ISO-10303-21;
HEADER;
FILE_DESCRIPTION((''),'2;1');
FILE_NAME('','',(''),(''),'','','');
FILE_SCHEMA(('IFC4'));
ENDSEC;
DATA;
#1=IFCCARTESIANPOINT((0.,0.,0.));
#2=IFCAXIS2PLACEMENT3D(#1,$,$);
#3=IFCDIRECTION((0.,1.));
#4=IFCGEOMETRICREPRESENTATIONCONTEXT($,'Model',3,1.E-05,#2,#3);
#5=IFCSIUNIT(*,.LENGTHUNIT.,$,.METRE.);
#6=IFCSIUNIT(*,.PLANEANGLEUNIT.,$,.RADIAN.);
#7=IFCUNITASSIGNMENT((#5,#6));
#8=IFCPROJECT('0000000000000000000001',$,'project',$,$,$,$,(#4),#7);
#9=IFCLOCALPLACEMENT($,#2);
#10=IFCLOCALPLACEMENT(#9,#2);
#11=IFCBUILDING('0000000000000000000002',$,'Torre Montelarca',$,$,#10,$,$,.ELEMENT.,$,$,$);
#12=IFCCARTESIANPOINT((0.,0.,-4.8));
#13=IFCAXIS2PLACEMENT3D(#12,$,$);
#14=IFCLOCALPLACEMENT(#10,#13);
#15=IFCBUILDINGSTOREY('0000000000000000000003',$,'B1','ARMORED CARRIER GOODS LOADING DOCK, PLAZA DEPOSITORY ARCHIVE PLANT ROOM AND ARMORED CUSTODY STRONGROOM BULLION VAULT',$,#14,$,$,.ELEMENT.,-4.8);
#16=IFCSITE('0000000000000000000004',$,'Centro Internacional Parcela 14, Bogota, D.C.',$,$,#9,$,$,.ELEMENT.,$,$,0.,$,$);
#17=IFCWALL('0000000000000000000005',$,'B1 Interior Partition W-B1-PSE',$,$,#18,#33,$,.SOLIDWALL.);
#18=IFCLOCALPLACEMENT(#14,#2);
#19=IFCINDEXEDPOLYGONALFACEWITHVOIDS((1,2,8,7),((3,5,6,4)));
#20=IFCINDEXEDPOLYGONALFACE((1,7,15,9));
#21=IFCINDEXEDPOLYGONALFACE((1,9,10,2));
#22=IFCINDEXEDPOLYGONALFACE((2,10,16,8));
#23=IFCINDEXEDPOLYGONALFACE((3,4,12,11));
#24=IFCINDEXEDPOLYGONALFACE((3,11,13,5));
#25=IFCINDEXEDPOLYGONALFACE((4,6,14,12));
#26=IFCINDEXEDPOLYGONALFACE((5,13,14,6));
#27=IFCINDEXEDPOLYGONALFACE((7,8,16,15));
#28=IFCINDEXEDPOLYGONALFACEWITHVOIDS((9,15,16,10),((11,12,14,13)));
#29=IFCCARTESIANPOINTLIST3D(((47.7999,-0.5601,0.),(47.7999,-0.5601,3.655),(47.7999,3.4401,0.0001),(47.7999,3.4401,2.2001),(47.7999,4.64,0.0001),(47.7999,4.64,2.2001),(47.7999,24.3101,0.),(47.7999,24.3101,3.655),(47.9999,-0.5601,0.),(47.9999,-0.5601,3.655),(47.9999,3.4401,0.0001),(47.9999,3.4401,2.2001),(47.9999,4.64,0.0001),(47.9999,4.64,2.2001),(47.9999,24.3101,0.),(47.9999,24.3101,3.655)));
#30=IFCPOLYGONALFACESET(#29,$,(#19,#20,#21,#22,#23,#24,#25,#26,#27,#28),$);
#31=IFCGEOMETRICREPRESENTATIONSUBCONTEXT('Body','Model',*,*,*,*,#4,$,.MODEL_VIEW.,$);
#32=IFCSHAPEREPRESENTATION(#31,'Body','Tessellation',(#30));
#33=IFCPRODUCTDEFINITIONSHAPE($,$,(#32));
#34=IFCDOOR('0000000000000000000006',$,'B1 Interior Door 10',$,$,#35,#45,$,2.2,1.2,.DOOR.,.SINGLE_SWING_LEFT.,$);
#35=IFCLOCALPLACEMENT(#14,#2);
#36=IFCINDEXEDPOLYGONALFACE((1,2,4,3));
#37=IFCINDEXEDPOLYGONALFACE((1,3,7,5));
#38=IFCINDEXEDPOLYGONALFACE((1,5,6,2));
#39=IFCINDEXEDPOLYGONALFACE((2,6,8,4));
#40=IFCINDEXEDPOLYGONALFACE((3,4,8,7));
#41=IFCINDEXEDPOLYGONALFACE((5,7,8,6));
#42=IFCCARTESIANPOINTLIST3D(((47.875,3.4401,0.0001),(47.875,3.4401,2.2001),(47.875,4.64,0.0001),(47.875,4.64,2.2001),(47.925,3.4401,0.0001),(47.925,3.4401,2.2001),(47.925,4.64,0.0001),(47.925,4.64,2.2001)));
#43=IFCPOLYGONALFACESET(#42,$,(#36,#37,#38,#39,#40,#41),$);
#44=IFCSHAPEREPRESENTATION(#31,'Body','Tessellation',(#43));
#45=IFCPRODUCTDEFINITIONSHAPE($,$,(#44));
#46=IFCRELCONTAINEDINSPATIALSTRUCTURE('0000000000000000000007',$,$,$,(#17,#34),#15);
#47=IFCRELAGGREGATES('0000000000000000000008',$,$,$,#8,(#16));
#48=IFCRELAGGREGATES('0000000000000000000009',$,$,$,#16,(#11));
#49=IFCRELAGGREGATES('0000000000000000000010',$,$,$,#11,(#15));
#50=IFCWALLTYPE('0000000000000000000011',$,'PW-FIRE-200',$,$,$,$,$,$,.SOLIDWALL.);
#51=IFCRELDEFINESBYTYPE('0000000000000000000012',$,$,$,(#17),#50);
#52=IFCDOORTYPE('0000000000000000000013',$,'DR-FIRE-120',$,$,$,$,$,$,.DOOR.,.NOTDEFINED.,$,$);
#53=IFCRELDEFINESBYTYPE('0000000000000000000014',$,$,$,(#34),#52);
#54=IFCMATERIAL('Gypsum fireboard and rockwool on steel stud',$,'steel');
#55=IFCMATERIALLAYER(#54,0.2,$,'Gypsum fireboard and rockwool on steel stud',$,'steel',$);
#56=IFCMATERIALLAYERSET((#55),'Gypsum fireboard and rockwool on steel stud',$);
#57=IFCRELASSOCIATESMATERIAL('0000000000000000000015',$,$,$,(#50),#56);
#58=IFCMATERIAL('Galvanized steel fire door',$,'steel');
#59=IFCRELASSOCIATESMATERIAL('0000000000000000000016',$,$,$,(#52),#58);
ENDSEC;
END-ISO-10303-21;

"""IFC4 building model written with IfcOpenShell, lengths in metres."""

from ifc_helpers import new_model, si_unit, direction, frame, frame_2d, origin, place, context, subcontext, project, spatial, rectangle, extrude, source, transform, mapped, material, layer, layer_set, type_object, element, fill, save


model = new_model("IFC4")

# Units and contexts
model_context = context("Model", 3, precision=1e-05, world=origin(), true_north=direction((0.0, 1.0)))
body_context = subcontext(model_context, "Body", "Model", "MODEL_VIEW")
ifc_project = project(units=[si_unit("LENGTHUNIT", "METRE"), si_unit("PLANEANGLEUNIT", "RADIAN")], contexts=[model_context])

# Site, building, storey
site_placement = place(None, origin())
site = spatial("IfcSite", under=ifc_project, at=site_placement, Name="Centro Internacional Parcela 14, Bogota, D.C.", CompositionType="ELEMENT", RefElevation=0.0)
building_placement = place(site_placement, origin())
building = spatial("IfcBuilding", under=site, at=building_placement, Name="Torre Montelarca", CompositionType="ELEMENT")
storey_placement = place(building_placement, frame((0.0, 0.0, -4.8)))
storey = spatial("IfcBuildingStorey", under=building, at=storey_placement, Name="B1", Description="ARMORED CARRIER GOODS LOADING DOCK, PLAZA DEPOSITORY ARCHIVE PLANT ROOM AND ARMORED CUSTODY STRONGROOM BULLION VAULT", CompositionType="ELEMENT", Elevation=-4.8)

# Wall, opening, door
ifc_material_1 = material(Name="Gypsum fireboard and rockwool on steel stud", Category="steel")
ifc_layer = layer(ifc_material_1, 0.2, Name="Gypsum fireboard and rockwool on steel stud", Category="steel")
ifc_layer_set = layer_set([ifc_layer], Name="Gypsum fireboard and rockwool on steel stud")
wall_type = type_object("IfcWallType", Name="PW-FIRE-200", PredefinedType="SOLIDWALL", material=ifc_layer_set)
wall_placement = place(storey_placement, frame((47.8999, -0.5601, 0.0), z_axis=(0.0, 0.0, 1.0), x_axis=(0.0, 1.0, 0.0)))
wall = element("IfcWall", 1, at=wall_placement, inside=storey, type_object=wall_type, Name="B1 Interior Partition W-B1-PSE", PredefinedType="SOLIDWALL", context=body_context, shape_type="SweptSolid", body=[
    extrude(rectangle(XDim=24.8701, YDim=0.2, at=frame_2d((12.4351, 0.0))), origin(), (0.0, 0.0, 1.0), 3.655),
])
opening_placement = place(wall_placement, frame((4.0, 0.0, 0.0)))
opening = element("IfcOpeningElement", 2, at=opening_placement, cuts=wall, PredefinedType="OPENING", context=body_context, shape_type="SweptSolid", body=[
    extrude(rectangle(XDim=1.2, YDim=2.2, at=frame_2d((0.6001, 1.1001))), frame((0.0, 0.1099, 0.0), z_axis=(0.0, -1.0, 0.0), x_axis=(1.0, 0.0, 0.0)), (0.0, 0.0, 1.0), 0.22),
])
ifc_material_2 = material(Name="Galvanized steel fire door", Category="steel")
door_type = type_object("IfcDoorType", Name="DR-FIRE-120", OperationType="NOTDEFINED", PredefinedType="DOOR", material=ifc_material_2)
shared_shape_1 = source(origin(), body_context, "Body", "SweptSolid", [
    extrude(rectangle(XDim=1.2, YDim=2.2, at=frame_2d((0.6001, 1.1001))), frame((0.0, 0.0249, 0.0), z_axis=(0.0, -1.0, 0.0), x_axis=(1.0, 0.0, 0.0)), (0.0, 0.0, 1.0), 0.05),
])
door_placement = place(opening_placement, origin())
door = element("IfcDoor", 3, at=door_placement, inside=storey, type_object=door_type, Name="B1 Interior Door 10", OperationType="SINGLE_SWING_LEFT", OverallHeight=2.2, OverallWidth=1.2, PredefinedType="DOOR", context=body_context, shape_type="MappedRepresentation", body=[
    mapped(shared_shape_1, transform((0.0, 0.0, 0.0), scale=1.0)),
])
fill(opening, door)

save(model, "model.ifc")
